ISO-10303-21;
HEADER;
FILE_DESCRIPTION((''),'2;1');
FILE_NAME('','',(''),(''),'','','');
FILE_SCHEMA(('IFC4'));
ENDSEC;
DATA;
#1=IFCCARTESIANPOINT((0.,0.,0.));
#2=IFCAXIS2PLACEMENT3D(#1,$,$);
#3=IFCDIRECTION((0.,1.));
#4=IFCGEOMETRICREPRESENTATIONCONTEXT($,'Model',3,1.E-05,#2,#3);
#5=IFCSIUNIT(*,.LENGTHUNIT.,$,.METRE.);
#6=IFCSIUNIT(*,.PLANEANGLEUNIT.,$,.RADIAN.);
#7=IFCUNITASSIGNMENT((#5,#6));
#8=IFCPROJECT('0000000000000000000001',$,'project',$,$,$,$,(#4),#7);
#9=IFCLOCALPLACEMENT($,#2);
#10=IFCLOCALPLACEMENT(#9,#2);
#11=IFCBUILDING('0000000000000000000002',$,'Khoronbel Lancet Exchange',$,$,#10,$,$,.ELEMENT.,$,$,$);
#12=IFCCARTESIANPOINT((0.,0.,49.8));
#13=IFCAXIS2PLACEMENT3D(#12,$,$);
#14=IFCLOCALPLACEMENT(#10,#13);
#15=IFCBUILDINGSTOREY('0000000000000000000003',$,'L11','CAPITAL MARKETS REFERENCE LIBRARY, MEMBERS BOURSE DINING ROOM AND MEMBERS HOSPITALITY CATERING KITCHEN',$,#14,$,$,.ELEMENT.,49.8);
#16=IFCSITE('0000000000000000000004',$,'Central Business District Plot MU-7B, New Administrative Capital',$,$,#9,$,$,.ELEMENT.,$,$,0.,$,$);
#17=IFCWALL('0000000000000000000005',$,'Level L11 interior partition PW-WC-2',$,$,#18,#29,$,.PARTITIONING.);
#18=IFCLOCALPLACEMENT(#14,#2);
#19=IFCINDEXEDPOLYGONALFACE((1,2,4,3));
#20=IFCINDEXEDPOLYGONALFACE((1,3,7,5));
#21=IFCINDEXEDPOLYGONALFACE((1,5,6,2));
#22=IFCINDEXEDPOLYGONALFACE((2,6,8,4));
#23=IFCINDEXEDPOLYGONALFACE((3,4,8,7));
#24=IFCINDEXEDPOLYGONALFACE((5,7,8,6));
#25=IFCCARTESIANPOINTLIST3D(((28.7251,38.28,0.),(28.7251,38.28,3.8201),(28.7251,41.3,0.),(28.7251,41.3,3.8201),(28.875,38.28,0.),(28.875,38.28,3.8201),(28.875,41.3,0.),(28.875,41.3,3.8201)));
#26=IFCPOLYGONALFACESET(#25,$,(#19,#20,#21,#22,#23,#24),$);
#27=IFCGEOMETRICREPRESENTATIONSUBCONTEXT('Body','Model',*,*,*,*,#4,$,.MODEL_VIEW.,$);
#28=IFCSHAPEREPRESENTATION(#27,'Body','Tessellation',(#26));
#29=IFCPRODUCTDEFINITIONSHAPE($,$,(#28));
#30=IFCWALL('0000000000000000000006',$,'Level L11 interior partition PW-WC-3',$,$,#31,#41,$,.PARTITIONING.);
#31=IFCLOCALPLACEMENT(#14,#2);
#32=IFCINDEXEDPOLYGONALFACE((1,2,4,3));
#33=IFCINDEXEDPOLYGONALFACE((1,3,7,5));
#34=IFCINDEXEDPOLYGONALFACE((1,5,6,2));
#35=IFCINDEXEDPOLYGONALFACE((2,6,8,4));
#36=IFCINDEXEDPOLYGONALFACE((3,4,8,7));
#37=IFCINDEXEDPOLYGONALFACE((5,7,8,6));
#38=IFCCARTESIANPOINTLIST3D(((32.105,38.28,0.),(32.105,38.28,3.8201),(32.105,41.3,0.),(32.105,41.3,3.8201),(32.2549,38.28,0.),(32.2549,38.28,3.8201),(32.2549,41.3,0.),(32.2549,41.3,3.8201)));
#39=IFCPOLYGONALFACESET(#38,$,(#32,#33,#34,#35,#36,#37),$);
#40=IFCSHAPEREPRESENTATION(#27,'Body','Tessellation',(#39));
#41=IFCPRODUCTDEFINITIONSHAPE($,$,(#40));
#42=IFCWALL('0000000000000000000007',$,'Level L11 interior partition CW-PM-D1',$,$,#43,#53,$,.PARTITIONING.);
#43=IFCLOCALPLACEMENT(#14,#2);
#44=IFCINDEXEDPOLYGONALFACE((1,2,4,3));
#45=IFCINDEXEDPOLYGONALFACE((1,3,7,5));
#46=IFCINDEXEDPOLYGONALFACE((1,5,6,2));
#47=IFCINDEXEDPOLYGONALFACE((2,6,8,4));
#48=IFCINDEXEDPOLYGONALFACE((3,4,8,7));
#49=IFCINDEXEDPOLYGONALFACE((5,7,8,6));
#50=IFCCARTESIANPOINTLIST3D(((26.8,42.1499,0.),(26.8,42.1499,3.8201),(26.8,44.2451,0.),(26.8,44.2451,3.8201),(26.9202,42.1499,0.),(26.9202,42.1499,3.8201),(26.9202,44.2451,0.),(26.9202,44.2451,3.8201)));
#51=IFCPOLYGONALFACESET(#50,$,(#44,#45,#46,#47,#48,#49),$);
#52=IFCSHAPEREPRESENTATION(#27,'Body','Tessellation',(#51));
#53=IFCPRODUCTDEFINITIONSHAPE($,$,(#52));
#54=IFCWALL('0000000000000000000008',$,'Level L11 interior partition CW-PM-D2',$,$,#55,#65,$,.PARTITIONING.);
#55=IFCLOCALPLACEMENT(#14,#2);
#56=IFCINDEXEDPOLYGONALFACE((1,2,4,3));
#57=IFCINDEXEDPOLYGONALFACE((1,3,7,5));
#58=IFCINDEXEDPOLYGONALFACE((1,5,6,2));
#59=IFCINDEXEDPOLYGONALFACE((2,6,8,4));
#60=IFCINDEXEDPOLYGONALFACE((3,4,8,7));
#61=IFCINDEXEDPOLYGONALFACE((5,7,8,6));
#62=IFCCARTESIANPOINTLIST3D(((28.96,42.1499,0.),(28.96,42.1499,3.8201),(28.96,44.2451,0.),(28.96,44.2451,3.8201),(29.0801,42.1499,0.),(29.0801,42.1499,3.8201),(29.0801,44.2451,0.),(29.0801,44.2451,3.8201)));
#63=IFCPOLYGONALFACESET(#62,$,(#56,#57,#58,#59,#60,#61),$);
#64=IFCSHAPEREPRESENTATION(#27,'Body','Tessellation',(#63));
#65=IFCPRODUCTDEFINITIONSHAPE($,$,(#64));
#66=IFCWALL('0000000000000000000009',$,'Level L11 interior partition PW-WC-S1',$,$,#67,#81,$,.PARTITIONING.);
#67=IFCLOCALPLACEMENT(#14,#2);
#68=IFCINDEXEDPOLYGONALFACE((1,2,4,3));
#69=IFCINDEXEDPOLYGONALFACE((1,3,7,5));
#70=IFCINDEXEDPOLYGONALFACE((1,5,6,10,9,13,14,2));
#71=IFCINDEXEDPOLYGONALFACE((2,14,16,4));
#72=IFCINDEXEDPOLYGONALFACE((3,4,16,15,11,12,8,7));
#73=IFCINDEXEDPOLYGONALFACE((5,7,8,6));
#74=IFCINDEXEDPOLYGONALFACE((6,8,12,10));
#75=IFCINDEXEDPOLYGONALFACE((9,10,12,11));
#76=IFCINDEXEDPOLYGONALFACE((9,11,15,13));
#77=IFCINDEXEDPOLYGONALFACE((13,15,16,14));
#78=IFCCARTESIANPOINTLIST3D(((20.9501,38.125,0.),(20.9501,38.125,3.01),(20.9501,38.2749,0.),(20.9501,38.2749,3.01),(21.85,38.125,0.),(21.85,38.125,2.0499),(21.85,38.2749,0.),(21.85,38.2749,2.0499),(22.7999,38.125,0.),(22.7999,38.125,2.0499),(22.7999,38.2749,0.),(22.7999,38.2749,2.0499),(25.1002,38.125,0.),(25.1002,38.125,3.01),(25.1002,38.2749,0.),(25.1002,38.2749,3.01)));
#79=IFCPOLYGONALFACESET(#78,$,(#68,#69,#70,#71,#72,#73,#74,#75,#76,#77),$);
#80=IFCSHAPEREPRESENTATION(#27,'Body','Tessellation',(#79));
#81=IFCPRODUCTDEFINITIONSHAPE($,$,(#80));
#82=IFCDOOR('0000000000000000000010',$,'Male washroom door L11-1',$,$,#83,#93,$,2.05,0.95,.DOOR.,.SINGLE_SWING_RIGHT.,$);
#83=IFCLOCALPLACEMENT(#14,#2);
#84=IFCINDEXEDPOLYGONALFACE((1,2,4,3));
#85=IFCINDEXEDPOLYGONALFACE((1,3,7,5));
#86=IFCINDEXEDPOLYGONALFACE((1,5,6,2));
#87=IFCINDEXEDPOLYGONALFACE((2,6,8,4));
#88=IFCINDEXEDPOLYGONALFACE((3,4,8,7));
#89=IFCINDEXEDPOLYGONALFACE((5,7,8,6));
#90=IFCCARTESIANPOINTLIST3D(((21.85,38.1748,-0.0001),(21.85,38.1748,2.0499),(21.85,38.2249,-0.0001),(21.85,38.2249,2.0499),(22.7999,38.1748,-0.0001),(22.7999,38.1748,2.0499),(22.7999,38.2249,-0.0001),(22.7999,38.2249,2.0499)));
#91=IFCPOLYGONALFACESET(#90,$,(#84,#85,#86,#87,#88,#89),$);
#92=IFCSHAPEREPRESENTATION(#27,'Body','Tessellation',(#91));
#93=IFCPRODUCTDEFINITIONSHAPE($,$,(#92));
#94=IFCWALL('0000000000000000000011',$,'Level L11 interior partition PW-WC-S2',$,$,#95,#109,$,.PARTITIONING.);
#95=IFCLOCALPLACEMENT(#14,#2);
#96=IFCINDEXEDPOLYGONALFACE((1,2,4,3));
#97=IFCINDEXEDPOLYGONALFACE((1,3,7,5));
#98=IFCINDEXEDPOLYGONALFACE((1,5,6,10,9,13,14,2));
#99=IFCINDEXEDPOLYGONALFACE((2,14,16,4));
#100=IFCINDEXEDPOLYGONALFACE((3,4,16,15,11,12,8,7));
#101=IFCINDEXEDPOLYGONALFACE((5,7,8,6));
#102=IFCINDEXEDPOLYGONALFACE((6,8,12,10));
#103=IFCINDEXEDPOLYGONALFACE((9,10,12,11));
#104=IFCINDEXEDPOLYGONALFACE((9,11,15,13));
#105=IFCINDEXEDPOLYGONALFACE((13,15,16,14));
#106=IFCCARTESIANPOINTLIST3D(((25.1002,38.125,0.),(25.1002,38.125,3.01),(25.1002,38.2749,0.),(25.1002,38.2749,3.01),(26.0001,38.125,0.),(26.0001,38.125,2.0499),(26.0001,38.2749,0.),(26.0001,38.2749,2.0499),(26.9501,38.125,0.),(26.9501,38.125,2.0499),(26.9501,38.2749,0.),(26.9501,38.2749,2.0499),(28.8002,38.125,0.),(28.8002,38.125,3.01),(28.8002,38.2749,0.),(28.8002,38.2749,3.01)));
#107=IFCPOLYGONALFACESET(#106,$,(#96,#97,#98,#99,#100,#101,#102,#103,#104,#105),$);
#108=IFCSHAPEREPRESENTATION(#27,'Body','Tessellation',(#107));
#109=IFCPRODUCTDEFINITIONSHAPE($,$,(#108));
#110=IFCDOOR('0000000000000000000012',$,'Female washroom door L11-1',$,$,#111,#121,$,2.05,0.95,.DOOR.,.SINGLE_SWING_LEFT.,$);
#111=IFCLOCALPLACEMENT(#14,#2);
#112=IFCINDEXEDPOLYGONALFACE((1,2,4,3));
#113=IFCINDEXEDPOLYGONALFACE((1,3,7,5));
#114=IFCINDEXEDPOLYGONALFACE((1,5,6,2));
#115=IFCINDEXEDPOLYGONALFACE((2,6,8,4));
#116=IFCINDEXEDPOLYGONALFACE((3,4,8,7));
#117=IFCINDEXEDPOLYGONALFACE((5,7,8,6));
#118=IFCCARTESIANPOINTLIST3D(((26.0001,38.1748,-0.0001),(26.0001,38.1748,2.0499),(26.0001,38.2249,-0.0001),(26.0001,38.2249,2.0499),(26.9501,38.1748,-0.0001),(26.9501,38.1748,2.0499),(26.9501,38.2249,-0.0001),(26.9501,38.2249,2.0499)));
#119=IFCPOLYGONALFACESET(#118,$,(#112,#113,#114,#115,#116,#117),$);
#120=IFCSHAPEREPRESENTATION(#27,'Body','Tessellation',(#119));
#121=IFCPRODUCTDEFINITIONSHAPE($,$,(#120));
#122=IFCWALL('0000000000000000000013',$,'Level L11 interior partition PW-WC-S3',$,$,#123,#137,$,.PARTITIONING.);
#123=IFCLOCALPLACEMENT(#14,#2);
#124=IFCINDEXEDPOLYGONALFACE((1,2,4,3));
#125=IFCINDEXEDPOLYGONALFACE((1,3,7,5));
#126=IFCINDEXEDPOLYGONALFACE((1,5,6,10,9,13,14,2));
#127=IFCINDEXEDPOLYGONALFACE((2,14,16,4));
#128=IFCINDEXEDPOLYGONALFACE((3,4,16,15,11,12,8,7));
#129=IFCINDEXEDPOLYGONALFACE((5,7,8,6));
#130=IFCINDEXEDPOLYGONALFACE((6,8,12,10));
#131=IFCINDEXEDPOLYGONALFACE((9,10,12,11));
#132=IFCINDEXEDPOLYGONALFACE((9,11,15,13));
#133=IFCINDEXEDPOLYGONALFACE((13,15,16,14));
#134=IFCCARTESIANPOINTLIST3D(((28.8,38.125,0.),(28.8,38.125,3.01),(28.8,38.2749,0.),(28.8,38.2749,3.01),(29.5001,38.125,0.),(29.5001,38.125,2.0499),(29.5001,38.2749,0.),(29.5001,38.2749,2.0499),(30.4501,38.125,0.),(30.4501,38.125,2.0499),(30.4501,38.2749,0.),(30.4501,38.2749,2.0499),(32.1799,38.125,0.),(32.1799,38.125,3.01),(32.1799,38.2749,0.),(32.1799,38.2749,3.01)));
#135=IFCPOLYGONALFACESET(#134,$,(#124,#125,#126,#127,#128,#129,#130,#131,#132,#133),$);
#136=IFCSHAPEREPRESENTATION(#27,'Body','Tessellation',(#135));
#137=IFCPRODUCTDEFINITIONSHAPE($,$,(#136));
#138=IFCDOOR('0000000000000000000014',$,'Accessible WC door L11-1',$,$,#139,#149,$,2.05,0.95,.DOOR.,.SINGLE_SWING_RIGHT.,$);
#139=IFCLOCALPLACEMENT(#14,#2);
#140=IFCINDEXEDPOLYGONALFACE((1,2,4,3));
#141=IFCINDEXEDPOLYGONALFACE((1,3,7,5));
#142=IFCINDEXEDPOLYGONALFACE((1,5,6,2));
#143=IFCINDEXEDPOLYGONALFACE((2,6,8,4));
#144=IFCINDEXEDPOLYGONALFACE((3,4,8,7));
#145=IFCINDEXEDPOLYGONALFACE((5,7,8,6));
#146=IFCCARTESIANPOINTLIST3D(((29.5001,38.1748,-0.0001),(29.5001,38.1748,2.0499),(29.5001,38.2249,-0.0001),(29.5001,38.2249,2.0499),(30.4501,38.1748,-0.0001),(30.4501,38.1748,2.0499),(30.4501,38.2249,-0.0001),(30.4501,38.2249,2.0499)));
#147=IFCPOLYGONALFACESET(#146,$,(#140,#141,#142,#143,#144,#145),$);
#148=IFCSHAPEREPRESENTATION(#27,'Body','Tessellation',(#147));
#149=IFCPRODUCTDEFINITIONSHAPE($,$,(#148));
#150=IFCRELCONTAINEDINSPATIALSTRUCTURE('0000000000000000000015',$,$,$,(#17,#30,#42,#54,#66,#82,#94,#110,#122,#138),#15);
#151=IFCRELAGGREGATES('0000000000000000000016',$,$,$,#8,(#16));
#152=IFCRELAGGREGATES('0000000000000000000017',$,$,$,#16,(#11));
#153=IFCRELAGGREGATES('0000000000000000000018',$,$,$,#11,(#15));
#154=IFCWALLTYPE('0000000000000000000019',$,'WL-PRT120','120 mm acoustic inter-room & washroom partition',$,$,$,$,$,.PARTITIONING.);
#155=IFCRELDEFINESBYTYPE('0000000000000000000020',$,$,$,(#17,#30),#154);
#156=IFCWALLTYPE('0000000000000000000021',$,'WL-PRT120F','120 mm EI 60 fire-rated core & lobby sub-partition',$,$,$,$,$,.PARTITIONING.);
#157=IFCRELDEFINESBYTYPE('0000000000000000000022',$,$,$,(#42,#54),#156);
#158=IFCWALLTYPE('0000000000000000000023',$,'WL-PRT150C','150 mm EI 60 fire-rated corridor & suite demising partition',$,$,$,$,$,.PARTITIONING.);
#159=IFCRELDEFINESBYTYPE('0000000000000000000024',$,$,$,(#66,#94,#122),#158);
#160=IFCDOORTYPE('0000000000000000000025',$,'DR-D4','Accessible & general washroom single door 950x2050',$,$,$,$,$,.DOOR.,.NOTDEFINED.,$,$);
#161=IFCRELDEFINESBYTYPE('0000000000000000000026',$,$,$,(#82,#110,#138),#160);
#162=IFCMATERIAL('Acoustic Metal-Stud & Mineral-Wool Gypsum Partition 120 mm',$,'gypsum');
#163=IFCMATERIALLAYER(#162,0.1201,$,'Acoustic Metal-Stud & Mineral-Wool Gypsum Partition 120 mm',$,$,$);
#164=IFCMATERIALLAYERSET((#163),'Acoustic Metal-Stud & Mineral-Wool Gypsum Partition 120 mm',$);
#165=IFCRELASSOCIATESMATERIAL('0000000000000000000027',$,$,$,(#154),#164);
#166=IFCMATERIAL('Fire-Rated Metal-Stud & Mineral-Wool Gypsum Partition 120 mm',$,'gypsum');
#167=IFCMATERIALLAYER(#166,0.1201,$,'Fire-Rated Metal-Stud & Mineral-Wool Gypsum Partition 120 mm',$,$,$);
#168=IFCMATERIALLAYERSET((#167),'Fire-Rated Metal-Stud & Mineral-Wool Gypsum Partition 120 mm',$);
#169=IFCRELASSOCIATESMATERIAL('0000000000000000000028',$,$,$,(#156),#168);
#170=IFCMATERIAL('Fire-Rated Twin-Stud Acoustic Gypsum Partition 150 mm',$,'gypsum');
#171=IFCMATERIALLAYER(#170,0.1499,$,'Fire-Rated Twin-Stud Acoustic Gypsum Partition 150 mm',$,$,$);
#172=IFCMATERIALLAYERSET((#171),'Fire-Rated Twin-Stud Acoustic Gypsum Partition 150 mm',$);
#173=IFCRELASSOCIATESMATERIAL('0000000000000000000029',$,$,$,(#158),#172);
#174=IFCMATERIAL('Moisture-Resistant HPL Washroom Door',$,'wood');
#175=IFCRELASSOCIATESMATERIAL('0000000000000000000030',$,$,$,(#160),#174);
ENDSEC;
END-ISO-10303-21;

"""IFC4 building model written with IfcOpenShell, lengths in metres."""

from ifc_helpers import new_model, si_unit, direction, frame, frame_2d, origin, place, context, subcontext, project, spatial, rectangle, extrude, material, layer, layer_set, type_object, element, fill, save


model = new_model("IFC4")

# Units and contexts
model_context = context("Model", 3, precision=1e-05, world=origin(), true_north=direction((0.0, 1.0)))
body_context = subcontext(model_context, "Body", "Model", "MODEL_VIEW")
ifc_project = project(units=[si_unit("LENGTHUNIT", "METRE"), si_unit("PLANEANGLEUNIT", "RADIAN")], contexts=[model_context])

# Site, building, storey
site_placement = place(None, origin())
site = spatial("IfcSite", under=ifc_project, at=site_placement, Name="Central Business District Plot MU-7B, New Administrative Capital", CompositionType="ELEMENT", RefElevation=0.0)
building_placement = place(site_placement, origin())
building = spatial("IfcBuilding", under=site, at=building_placement, Name="Khoronbel Lancet Exchange", CompositionType="ELEMENT")
storey_placement = place(building_placement, frame((0.0, 0.0, 49.8)))
storey = spatial("IfcBuildingStorey", under=building, at=storey_placement, Name="L11", Description="CAPITAL MARKETS REFERENCE LIBRARY, MEMBERS BOURSE DINING ROOM AND MEMBERS HOSPITALITY CATERING KITCHEN", CompositionType="ELEMENT", Elevation=49.8)

# Walls
ifc_material_1 = material(Name="Acoustic Metal-Stud & Mineral-Wool Gypsum Partition 120 mm", Category="gypsum")
ifc_layer_1 = layer(ifc_material_1, 0.1201, Name="Acoustic Metal-Stud & Mineral-Wool Gypsum Partition 120 mm")
ifc_layer_set_1 = layer_set([ifc_layer_1], Name="Acoustic Metal-Stud & Mineral-Wool Gypsum Partition 120 mm")
wall_type_1 = type_object("IfcWallType", Name="WL-PRT120", Description="120 mm acoustic inter-room & washroom partition", PredefinedType="PARTITIONING", material=ifc_layer_set_1)
for number, where, z_axis, x_axis, name in (
    (1, (28.8, 38.28, 0.0), (0.0, 0.0, 1.0), (0.0, 1.0, 0.0), "Level L11 interior partition PW-WC-2"),
    (2, (32.1799, 38.28, 0.0), (0.0, 0.0, 1.0), (0.0, 1.0, 0.0), "Level L11 interior partition PW-WC-3"),
):
    element("IfcWall", number, at=place(storey_placement, frame(where, z_axis=z_axis, x_axis=x_axis)), inside=storey, type_object=wall_type_1, Name=name, PredefinedType="PARTITIONING", context=body_context, shape_type="SweptSolid", body=[
        extrude(rectangle(XDim=3.02, YDim=0.1499, at=frame_2d((1.51, 0.0))), origin(), (0.0, 0.0, 1.0), 3.8201),
    ])
ifc_material_2 = material(Name="Fire-Rated Metal-Stud & Mineral-Wool Gypsum Partition 120 mm", Category="gypsum")
ifc_layer_2 = layer(ifc_material_2, 0.1201, Name="Fire-Rated Metal-Stud & Mineral-Wool Gypsum Partition 120 mm")
ifc_layer_set_2 = layer_set([ifc_layer_2], Name="Fire-Rated Metal-Stud & Mineral-Wool Gypsum Partition 120 mm")
wall_type_2 = type_object("IfcWallType", Name="WL-PRT120F", Description="120 mm EI 60 fire-rated core & lobby sub-partition", PredefinedType="PARTITIONING", material=ifc_layer_set_2)
for number, where, z_axis, x_axis, name in (
    (3, (26.8601, 42.1499, 0.0), (0.0, 0.0, 1.0), (0.0, 1.0, 0.0), "Level L11 interior partition CW-PM-D1"),
    (4, (29.02, 42.1499, 0.0), (0.0, 0.0, 1.0), (0.0, 1.0, 0.0), "Level L11 interior partition CW-PM-D2"),
):
    element("IfcWall", number, at=place(storey_placement, frame(where, z_axis=z_axis, x_axis=x_axis)), inside=storey, type_object=wall_type_2, Name=name, PredefinedType="PARTITIONING", context=body_context, shape_type="SweptSolid", body=[
        extrude(rectangle(XDim=2.0952, YDim=0.1201, at=frame_2d((1.0476, 0.0))), origin(), (0.0, 0.0, 1.0), 3.8201),
    ])

# Walls, openings, doors
ifc_material_3 = material(Name="Fire-Rated Twin-Stud Acoustic Gypsum Partition 150 mm", Category="gypsum")
ifc_layer_3 = layer(ifc_material_3, 0.1499, Name="Fire-Rated Twin-Stud Acoustic Gypsum Partition 150 mm")
ifc_layer_set_3 = layer_set([ifc_layer_3], Name="Fire-Rated Twin-Stud Acoustic Gypsum Partition 150 mm")
wall_type_3 = type_object("IfcWallType", Name="WL-PRT150C", Description="150 mm EI 60 fire-rated corridor & suite demising partition", PredefinedType="PARTITIONING", material=ifc_layer_set_3)
wall_1_placement = place(storey_placement, frame((20.95, 38.2, 0.0), z_axis=(0.0, 0.0, 1.0), x_axis=(1.0, 0.0, 0.0)))
wall_1 = element("IfcWall", 5, at=wall_1_placement, inside=storey, type_object=wall_type_3, Name="Level L11 interior partition PW-WC-S1", PredefinedType="PARTITIONING", context=body_context, shape_type="SweptSolid", body=[
    extrude(rectangle(XDim=4.1501, YDim=0.1499, at=frame_2d((2.0752, 0.0))), origin(), (0.0, 0.0, 1.0), 3.01),
])
opening_1_placement = place(wall_1_placement, frame((0.8999, 0.0, 0.0)))
opening_1 = element("IfcOpeningElement", 6, at=opening_1_placement, cuts=wall_1, PredefinedType="OPENING", context=body_context, shape_type="SweptSolid", body=[
    extrude(rectangle(XDim=0.95, YDim=2.05, at=frame_2d((0.4751, 1.0249))), frame((0.0, 0.085, 0.0), z_axis=(0.0, -1.0, 0.0), x_axis=(1.0, 0.0, 0.0)), (0.0, 0.0, 1.0), 0.1699),
])
ifc_material_4 = material(Name="Moisture-Resistant HPL Washroom Door", Category="wood")
door_type_1 = type_object("IfcDoorType", Name="DR-D4", Description="Accessible & general washroom single door 950x2050", OperationType="NOTDEFINED", PredefinedType="DOOR", material=ifc_material_4)
door_1_placement = place(opening_1_placement, origin())
door_1 = element("IfcDoor", 7, at=door_1_placement, inside=storey, type_object=door_type_1, Name="Male washroom door L11-1", OperationType="SINGLE_SWING_RIGHT", OverallHeight=2.05, OverallWidth=0.95, PredefinedType="DOOR", context=body_context, shape_type="SweptSolid", body=[
    extrude(rectangle(XDim=0.95, YDim=2.05, at=frame_2d((0.4751, 1.0249))), frame((0.0, 0.0249, 0.0), z_axis=(0.0, -1.0, 0.0), x_axis=(1.0, 0.0, 0.0)), (0.0, 0.0, 1.0), 0.05),
])
fill(opening_1, door_1)
wall_2_placement = place(storey_placement, frame((25.1001, 38.2, 0.0), z_axis=(0.0, 0.0, 1.0), x_axis=(1.0, 0.0, 0.0)))
wall_2 = element("IfcWall", 8, at=wall_2_placement, inside=storey, type_object=wall_type_3, Name="Level L11 interior partition PW-WC-S2", PredefinedType="PARTITIONING", context=body_context, shape_type="SweptSolid", body=[
    extrude(rectangle(XDim=3.7, YDim=0.1499, at=frame_2d((1.8501, 0.0))), origin(), (0.0, 0.0, 1.0), 3.01),
])
opening_2_placement = place(wall_2_placement, frame((0.8999, 0.0, 0.0)))
opening_2 = element("IfcOpeningElement", 9, at=opening_2_placement, cuts=wall_2, PredefinedType="OPENING", context=body_context, shape_type="SweptSolid", body=[
    extrude(rectangle(XDim=0.95, YDim=2.05, at=frame_2d((0.4751, 1.0249))), frame((0.0, 0.085, 0.0), z_axis=(0.0, -1.0, 0.0), x_axis=(1.0, 0.0, 0.0)), (0.0, 0.0, 1.0), 0.1699),
])
door_2_placement = place(opening_2_placement, origin())
door_2 = element("IfcDoor", 10, at=door_2_placement, inside=storey, type_object=door_type_1, Name="Female washroom door L11-1", OperationType="SINGLE_SWING_LEFT", OverallHeight=2.05, OverallWidth=0.95, PredefinedType="DOOR", context=body_context, shape_type="SweptSolid", body=[
    extrude(rectangle(XDim=0.95, YDim=2.05, at=frame_2d((0.4751, 1.0249))), frame((0.0, 0.0249, 0.0), z_axis=(0.0, -1.0, 0.0), x_axis=(1.0, 0.0, 0.0)), (0.0, 0.0, 1.0), 0.05),
])
fill(opening_2, door_2)
wall_3_placement = place(storey_placement, frame((28.8, 38.2, 0.0), z_axis=(0.0, 0.0, 1.0), x_axis=(1.0, 0.0, 0.0)))
wall_3 = element("IfcWall", 11, at=wall_3_placement, inside=storey, type_object=wall_type_3, Name="Level L11 interior partition PW-WC-S3", PredefinedType="PARTITIONING", context=body_context, shape_type="SweptSolid", body=[
    extrude(rectangle(XDim=3.3799, YDim=0.1499, at=frame_2d((1.6899, 0.0))), origin(), (0.0, 0.0, 1.0), 3.01),
])
opening_3_placement = place(wall_3_placement, frame((0.7, 0.0, 0.0)))
opening_3 = element("IfcOpeningElement", 12, at=opening_3_placement, cuts=wall_3, PredefinedType="OPENING", context=body_context, shape_type="SweptSolid", body=[
    extrude(rectangle(XDim=0.95, YDim=2.05, at=frame_2d((0.4751, 1.0249))), frame((0.0, 0.085, 0.0), z_axis=(0.0, -1.0, 0.0), x_axis=(1.0, 0.0, 0.0)), (0.0, 0.0, 1.0), 0.1699),
])
door_3_placement = place(opening_3_placement, origin())
door_3 = element("IfcDoor", 13, at=door_3_placement, inside=storey, type_object=door_type_1, Name="Accessible WC door L11-1", OperationType="SINGLE_SWING_RIGHT", OverallHeight=2.05, OverallWidth=0.95, PredefinedType="DOOR", context=body_context, shape_type="SweptSolid", body=[
    extrude(rectangle(XDim=0.95, YDim=2.05, at=frame_2d((0.4751, 1.0249))), frame((0.0, 0.0249, 0.0), z_axis=(0.0, -1.0, 0.0), x_axis=(1.0, 0.0, 0.0)), (0.0, 0.0, 1.0), 0.05),
])
fill(opening_3, door_3)

save(model, "model.ifc")
